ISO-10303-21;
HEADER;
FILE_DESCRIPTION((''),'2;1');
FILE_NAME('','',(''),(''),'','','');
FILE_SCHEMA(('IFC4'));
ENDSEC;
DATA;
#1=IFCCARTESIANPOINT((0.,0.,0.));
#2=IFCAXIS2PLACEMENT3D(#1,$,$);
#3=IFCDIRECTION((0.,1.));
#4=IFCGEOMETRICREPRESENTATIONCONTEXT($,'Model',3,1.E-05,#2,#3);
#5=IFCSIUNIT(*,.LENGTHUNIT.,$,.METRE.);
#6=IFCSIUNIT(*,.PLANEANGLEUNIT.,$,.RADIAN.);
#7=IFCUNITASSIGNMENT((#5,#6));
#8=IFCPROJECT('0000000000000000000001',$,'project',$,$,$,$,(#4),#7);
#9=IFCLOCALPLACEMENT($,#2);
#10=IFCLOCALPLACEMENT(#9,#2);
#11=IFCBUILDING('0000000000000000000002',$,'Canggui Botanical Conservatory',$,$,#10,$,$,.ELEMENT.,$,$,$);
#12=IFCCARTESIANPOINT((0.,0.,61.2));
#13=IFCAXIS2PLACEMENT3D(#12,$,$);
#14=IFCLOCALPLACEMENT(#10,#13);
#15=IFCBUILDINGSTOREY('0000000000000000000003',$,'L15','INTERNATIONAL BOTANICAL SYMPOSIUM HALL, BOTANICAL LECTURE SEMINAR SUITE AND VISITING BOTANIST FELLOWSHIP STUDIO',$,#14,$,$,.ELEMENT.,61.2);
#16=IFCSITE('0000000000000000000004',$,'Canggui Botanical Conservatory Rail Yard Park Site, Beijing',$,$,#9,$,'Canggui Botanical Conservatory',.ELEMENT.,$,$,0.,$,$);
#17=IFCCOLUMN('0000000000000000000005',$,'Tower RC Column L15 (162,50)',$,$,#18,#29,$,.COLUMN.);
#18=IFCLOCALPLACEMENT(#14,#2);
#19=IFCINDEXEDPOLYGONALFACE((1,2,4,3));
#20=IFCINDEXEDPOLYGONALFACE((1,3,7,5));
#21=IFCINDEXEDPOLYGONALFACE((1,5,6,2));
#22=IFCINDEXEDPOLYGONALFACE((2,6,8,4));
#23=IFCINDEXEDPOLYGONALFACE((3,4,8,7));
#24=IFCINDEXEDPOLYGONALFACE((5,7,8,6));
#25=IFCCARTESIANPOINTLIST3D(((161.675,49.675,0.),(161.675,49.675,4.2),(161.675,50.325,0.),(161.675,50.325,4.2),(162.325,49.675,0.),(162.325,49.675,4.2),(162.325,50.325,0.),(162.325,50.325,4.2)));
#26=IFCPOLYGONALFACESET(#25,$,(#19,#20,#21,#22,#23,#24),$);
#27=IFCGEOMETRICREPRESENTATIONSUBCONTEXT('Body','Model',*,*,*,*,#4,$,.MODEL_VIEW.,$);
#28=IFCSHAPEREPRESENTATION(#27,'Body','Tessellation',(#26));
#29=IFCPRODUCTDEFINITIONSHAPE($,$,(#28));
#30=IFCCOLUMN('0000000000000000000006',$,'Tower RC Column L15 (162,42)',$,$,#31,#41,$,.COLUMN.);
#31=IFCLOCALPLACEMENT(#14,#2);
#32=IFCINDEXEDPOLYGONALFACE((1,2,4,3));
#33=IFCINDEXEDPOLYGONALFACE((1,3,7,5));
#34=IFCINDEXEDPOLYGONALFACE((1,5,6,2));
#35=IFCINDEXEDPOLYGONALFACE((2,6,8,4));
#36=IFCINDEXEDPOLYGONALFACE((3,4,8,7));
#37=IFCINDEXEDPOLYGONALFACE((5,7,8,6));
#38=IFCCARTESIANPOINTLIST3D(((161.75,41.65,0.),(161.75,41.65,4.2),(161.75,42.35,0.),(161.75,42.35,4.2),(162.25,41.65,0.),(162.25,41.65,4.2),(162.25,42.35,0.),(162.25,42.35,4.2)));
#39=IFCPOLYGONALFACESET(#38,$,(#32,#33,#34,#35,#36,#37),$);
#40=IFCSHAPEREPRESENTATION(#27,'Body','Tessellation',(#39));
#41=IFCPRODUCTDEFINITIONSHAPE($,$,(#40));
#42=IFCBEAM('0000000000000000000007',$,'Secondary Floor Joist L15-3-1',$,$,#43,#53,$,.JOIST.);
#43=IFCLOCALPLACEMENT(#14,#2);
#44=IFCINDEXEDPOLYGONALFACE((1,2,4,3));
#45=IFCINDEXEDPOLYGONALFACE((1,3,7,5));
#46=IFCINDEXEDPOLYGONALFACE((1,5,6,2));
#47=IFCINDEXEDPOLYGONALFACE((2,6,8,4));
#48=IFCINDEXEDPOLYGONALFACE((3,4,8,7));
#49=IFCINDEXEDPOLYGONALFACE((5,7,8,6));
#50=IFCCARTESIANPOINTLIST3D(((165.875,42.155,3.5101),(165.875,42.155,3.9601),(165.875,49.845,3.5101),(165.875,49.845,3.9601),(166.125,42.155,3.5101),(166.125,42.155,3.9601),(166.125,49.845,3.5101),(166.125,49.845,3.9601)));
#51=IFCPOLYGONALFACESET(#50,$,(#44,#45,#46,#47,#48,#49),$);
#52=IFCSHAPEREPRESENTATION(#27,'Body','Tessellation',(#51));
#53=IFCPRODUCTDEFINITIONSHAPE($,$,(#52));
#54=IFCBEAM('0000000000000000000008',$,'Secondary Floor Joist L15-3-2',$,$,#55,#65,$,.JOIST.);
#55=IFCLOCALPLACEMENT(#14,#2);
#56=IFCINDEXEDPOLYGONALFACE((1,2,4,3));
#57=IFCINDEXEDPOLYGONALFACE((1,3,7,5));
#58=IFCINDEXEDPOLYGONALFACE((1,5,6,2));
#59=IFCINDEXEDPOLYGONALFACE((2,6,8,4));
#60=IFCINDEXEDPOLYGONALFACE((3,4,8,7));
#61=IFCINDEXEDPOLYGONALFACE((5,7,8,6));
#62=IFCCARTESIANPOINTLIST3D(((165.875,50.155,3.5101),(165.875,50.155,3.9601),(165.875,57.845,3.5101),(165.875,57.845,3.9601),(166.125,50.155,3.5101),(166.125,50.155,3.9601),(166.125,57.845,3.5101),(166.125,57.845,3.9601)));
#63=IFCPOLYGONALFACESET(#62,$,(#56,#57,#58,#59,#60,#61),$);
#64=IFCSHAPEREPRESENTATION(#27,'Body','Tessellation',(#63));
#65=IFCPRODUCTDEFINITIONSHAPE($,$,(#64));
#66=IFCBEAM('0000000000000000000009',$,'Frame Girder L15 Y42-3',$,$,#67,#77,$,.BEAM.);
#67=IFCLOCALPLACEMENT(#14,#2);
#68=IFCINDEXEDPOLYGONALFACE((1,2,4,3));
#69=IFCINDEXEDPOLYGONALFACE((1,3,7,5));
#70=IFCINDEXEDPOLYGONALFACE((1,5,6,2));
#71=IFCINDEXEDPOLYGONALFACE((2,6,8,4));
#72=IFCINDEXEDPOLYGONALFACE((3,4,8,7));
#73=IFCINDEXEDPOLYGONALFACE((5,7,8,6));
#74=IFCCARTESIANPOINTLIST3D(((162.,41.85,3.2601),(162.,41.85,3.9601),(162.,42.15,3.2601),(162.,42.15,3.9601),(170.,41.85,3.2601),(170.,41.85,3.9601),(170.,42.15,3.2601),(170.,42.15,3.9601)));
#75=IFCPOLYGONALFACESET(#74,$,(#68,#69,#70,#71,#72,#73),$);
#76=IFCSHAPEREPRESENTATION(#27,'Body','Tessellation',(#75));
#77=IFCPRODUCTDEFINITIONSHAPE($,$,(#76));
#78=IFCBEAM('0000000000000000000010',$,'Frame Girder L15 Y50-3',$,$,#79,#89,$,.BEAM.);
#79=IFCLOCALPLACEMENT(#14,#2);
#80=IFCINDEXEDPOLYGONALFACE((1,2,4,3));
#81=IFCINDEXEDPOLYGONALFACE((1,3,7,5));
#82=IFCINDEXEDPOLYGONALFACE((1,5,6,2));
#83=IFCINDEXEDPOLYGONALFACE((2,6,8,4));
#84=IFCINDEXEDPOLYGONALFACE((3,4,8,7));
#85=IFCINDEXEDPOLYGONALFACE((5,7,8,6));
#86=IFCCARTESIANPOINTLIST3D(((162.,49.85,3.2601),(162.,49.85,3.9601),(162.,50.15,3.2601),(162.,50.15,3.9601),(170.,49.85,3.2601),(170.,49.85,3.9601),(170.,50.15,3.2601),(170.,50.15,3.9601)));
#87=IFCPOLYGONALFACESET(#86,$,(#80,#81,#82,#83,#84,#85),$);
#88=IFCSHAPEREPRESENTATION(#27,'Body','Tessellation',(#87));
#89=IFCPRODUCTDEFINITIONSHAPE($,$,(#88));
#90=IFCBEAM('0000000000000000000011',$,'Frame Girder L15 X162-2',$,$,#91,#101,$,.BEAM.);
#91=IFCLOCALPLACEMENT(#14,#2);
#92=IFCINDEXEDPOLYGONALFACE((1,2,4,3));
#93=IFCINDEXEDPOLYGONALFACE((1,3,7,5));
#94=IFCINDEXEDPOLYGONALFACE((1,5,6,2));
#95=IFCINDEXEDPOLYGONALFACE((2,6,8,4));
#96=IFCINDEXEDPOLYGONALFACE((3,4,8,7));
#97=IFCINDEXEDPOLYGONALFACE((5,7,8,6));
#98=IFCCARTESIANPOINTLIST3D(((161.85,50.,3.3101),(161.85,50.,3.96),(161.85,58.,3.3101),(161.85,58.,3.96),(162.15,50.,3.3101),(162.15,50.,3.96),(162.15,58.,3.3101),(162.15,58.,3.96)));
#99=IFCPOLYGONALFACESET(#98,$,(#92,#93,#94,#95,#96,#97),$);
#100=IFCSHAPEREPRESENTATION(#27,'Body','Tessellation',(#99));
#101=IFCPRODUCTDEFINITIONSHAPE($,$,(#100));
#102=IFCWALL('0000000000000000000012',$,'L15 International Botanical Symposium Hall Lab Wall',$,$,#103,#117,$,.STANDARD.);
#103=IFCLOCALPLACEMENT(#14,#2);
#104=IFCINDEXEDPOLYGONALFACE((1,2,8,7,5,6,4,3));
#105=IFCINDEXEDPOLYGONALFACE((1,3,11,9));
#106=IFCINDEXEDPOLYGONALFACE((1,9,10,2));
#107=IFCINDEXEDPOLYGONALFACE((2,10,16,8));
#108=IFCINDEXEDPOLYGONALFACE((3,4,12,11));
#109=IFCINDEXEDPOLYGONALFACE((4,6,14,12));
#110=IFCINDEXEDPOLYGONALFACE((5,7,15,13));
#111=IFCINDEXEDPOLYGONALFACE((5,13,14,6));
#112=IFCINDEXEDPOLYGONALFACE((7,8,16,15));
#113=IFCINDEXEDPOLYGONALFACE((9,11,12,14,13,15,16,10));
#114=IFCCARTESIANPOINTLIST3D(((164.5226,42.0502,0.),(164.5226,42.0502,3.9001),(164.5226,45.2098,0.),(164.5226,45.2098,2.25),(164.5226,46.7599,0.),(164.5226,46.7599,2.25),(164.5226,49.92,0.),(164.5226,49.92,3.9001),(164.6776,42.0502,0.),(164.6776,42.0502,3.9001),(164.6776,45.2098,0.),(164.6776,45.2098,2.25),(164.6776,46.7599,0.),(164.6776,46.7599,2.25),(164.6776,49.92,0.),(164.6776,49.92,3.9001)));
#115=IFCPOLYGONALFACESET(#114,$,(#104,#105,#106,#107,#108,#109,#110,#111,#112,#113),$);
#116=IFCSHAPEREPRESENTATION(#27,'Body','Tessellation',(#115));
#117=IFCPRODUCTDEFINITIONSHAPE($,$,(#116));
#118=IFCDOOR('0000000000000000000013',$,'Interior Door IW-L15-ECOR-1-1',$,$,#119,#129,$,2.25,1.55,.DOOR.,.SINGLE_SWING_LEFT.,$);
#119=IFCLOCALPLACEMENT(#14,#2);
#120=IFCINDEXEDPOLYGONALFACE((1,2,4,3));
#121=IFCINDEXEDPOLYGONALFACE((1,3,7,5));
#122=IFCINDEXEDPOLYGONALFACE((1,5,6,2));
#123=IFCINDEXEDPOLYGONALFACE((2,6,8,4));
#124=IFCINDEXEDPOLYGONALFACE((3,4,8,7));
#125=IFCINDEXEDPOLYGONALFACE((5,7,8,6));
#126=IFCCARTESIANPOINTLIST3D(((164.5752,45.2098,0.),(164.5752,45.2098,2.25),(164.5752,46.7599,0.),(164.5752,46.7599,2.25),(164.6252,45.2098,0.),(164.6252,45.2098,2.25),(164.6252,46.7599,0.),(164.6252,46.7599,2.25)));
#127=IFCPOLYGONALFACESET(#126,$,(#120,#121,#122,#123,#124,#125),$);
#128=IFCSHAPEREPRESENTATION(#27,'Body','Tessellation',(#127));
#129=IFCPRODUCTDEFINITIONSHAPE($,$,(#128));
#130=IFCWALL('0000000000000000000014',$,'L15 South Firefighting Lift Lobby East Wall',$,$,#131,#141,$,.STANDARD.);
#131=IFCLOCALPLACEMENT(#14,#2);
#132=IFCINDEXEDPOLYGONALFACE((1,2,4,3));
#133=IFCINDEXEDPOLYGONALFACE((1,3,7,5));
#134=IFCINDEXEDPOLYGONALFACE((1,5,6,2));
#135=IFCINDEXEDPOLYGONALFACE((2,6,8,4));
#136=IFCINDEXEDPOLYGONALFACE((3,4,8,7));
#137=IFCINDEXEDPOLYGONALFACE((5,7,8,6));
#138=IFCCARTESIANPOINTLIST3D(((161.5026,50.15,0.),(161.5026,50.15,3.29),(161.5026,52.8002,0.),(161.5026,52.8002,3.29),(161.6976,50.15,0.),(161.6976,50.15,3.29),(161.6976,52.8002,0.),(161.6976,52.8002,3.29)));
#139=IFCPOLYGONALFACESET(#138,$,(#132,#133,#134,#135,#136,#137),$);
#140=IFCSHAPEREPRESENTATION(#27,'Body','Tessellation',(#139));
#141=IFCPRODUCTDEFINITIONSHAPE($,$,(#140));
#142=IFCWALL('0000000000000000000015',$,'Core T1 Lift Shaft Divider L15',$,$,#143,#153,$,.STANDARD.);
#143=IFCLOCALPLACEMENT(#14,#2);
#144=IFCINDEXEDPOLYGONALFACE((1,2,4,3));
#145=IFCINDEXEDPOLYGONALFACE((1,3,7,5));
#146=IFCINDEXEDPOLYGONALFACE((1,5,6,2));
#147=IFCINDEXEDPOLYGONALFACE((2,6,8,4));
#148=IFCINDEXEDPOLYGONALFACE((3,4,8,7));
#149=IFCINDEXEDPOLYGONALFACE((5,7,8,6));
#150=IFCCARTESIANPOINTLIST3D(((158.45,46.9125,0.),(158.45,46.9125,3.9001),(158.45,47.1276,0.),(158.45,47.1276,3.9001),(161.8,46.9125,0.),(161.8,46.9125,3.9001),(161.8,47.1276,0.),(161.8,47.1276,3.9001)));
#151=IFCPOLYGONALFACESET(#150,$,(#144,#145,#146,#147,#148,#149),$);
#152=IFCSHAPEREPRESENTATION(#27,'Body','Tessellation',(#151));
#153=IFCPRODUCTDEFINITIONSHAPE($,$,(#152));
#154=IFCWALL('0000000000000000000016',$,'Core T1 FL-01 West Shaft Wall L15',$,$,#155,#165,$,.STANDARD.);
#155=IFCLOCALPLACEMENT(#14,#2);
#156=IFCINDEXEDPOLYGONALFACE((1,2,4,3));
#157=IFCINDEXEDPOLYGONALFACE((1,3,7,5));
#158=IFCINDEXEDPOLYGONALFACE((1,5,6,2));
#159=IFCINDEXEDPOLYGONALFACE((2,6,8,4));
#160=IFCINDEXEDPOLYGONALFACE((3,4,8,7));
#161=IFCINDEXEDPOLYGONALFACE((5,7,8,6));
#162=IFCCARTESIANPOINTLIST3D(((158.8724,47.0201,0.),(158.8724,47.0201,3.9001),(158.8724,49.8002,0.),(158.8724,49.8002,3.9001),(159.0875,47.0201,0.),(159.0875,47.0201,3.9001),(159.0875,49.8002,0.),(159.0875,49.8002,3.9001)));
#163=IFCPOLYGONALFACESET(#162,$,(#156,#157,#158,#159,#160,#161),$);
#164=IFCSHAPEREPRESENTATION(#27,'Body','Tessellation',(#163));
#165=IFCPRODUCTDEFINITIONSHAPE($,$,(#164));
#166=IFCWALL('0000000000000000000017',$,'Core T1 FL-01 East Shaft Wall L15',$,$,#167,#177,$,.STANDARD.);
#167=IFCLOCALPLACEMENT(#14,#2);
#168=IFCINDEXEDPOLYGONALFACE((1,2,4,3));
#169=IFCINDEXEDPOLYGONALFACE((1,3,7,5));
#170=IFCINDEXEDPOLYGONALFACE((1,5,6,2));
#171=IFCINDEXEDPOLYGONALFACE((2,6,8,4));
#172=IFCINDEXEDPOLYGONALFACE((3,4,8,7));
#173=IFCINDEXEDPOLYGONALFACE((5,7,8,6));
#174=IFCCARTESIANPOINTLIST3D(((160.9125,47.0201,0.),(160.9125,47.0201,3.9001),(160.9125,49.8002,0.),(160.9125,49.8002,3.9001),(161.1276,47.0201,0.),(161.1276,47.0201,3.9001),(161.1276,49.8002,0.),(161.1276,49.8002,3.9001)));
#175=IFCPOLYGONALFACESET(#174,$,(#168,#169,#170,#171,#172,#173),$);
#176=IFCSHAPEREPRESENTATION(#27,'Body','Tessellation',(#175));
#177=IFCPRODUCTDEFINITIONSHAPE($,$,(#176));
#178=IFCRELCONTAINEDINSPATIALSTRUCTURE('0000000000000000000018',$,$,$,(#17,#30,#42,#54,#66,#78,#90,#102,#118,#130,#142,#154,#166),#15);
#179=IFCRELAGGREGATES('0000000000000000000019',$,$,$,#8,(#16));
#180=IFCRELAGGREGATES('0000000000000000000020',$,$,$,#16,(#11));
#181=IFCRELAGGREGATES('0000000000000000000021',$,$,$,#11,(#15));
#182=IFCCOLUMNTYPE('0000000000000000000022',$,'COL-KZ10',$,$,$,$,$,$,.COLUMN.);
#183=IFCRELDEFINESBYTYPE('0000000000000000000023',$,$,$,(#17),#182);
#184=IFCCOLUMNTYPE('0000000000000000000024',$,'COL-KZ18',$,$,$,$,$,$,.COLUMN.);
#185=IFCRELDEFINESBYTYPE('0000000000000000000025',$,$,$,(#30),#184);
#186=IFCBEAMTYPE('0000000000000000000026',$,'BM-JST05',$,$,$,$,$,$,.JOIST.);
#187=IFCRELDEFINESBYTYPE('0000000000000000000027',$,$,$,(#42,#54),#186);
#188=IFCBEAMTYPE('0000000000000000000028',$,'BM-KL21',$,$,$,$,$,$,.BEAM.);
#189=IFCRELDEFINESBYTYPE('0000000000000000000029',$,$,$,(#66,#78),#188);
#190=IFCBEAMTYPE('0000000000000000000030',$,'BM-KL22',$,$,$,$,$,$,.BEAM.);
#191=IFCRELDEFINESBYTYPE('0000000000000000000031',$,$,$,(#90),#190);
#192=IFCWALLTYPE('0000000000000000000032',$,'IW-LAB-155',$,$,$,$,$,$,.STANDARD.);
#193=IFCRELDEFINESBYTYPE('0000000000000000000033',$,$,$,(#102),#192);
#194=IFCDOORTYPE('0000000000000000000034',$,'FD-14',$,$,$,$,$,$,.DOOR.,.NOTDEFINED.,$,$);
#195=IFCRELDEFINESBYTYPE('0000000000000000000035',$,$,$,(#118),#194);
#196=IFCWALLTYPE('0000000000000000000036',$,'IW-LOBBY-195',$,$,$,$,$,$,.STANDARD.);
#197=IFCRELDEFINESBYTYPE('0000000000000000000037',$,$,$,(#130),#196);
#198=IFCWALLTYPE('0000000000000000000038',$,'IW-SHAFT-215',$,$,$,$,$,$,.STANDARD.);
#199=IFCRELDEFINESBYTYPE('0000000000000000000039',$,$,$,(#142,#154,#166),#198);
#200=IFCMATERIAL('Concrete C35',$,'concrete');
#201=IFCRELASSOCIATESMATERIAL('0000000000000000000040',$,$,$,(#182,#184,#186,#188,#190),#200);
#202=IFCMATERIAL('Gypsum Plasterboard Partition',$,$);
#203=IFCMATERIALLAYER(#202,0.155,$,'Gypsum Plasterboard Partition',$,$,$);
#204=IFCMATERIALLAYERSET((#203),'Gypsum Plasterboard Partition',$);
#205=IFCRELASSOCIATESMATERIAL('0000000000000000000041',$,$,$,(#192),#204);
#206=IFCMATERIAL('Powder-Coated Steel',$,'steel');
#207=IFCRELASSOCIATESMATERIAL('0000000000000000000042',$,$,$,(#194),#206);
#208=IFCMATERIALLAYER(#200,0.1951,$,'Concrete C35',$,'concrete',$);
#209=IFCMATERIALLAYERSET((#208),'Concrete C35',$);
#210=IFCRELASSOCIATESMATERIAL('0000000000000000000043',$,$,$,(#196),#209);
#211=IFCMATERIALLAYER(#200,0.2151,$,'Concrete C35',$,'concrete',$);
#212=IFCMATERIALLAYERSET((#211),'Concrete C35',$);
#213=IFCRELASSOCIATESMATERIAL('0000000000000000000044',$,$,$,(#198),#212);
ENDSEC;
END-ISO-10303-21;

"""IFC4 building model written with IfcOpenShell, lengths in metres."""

from ifc_helpers import new_model, si_unit, direction, frame, frame_2d, origin, origin_2d, place, context, subcontext, project, spatial, rectangle, extrude, material, layer, layer_set, material_profile, profile_set, type_object, element, fill, save


model = new_model("IFC4")

# Units and contexts
model_context = context("Model", 3, precision=1e-05, world=origin(), true_north=direction((0.0, 1.0)))
body_context = subcontext(model_context, "Body", "Model", "MODEL_VIEW")
ifc_project = project(units=[si_unit("LENGTHUNIT", "METRE"), si_unit("PLANEANGLEUNIT", "RADIAN")], contexts=[model_context])

# Site, building, storey
site_placement = place(None, origin())
site = spatial("IfcSite", under=ifc_project, at=site_placement, Name="Canggui Botanical Conservatory Rail Yard Park Site, Beijing", LongName="Canggui Botanical Conservatory", CompositionType="ELEMENT", RefElevation=0.0)
building_placement = place(site_placement, origin())
building = spatial("IfcBuilding", under=site, at=building_placement, Name="Canggui Botanical Conservatory", CompositionType="ELEMENT")
storey_placement = place(building_placement, frame((0.0, 0.0, 61.2)))
storey = spatial("IfcBuildingStorey", under=building, at=storey_placement, Name="L15", Description="INTERNATIONAL BOTANICAL SYMPOSIUM HALL, BOTANICAL LECTURE SEMINAR SUITE AND VISITING BOTANIST FELLOWSHIP STUDIO", CompositionType="ELEMENT", Elevation=61.2)

# Columns
ifc_material_1 = material(Name="Concrete C35", Category="concrete")
ifc_material_profile_1 = material_profile(ifc_material_1, rectangle(XDim=0.6499, YDim=0.6499, at=origin_2d()), Name="RC 650x650")
ifc_profile_set_1 = profile_set([ifc_material_profile_1], Name="Concrete C35")
column_type_1 = type_object("IfcColumnType", Name="COL-KZ10", PredefinedType="COLUMN", material=ifc_profile_set_1)
column_1_placement = place(storey_placement, frame((162.0, 50.0, 0.0), z_axis=(0.0, 0.0, 1.0), x_axis=(1.0, 0.0, 0.0)))
element("IfcColumn", 1, at=column_1_placement, inside=storey, type_object=column_type_1, Name="Tower RC Column L15 (162,50)", PredefinedType="COLUMN", context=body_context, shape_type="SweptSolid", body=[
    extrude(rectangle(XDim=0.6499, YDim=0.6499, at=origin_2d()), origin(), (0.0, 0.0, 1.0), 4.2),
])
ifc_material_profile_2 = material_profile(ifc_material_1, rectangle(XDim=0.5, YDim=0.7, at=origin_2d()), Name="RC 500x700")
ifc_profile_set_2 = profile_set([ifc_material_profile_2], Name="Concrete C35")
column_type_2 = type_object("IfcColumnType", Name="COL-KZ18", PredefinedType="COLUMN", material=ifc_profile_set_2)
column_2_placement = place(storey_placement, frame((162.0, 42.0, 0.0), z_axis=(0.0, 0.0, 1.0), x_axis=(1.0, 0.0, 0.0)))
element("IfcColumn", 2, at=column_2_placement, inside=storey, type_object=column_type_2, Name="Tower RC Column L15 (162,42)", PredefinedType="COLUMN", context=body_context, shape_type="SweptSolid", body=[
    extrude(rectangle(XDim=0.5, YDim=0.7, at=origin_2d()), origin(), (0.0, 0.0, 1.0), 4.2),
])

# Beams
ifc_material_profile_3 = material_profile(ifc_material_1, rectangle(XDim=0.25, YDim=0.45, at=origin_2d()), Name="RB 250x450")
ifc_profile_set_3 = profile_set([ifc_material_profile_3], Name="Concrete C35")
beam_type_1 = type_object("IfcBeamType", Name="BM-JST05", PredefinedType="JOIST", material=ifc_profile_set_3)
for number, where, z_axis, x_axis, name in (
    (3, (166.0, 42.155, 3.7351), (0.0, 1.0, 0.0), (-1.0, 0.0, 0.0), "Secondary Floor Joist L15-3-1"),
    (4, (166.0, 50.155, 3.7351), (0.0, 1.0, 0.0), (-1.0, 0.0, 0.0), "Secondary Floor Joist L15-3-2"),
):
    element("IfcBeam", number, at=place(storey_placement, frame(where, z_axis=z_axis, x_axis=x_axis)), inside=storey, type_object=beam_type_1, Name=name, PredefinedType="JOIST", context=body_context, shape_type="SweptSolid", body=[
        extrude(rectangle(XDim=0.25, YDim=0.45, at=origin_2d()), origin(), (0.0, 0.0, 1.0), 7.6899),
    ])
ifc_material_profile_4 = material_profile(ifc_material_1, rectangle(XDim=0.3, YDim=0.7, at=origin_2d()), Name="RB 300x700")
ifc_profile_set_4 = profile_set([ifc_material_profile_4], Name="Concrete C35")
beam_type_2 = type_object("IfcBeamType", Name="BM-KL21", PredefinedType="BEAM", material=ifc_profile_set_4)
for number, where, z_axis, x_axis, name in (
    (5, (162.0, 42.0, 3.6101), (1.0, 0.0, 0.0), (0.0, 1.0, 0.0), "Frame Girder L15 Y42-3"),
    (6, (162.0, 50.0, 3.6101), (1.0, 0.0, 0.0), (0.0, 1.0, 0.0), "Frame Girder L15 Y50-3"),
):
    element("IfcBeam", number, at=place(storey_placement, frame(where, z_axis=z_axis, x_axis=x_axis)), inside=storey, type_object=beam_type_2, Name=name, PredefinedType="BEAM", context=body_context, shape_type="SweptSolid", body=[
        extrude(rectangle(XDim=0.3, YDim=0.7, at=origin_2d()), origin(), (0.0, 0.0, 1.0), 8.0),
    ])
ifc_material_profile_5 = material_profile(ifc_material_1, rectangle(XDim=0.3, YDim=0.6499, at=origin_2d()), Name="RB 300x650")
ifc_profile_set_5 = profile_set([ifc_material_profile_5], Name="Concrete C35")
beam_type_3 = type_object("IfcBeamType", Name="BM-KL22", PredefinedType="BEAM", material=ifc_profile_set_5)
beam_placement = place(storey_placement, frame((162.0, 50.0, 3.635), z_axis=(0.0, 1.0, 0.0), x_axis=(-1.0, 0.0, 0.0)))
element("IfcBeam", 7, at=beam_placement, inside=storey, type_object=beam_type_3, Name="Frame Girder L15 X162-2", PredefinedType="BEAM", context=body_context, shape_type="SweptSolid", body=[
    extrude(rectangle(XDim=0.3, YDim=0.6499, at=origin_2d()), origin(), (0.0, 0.0, 1.0), 8.0),
])

# Wall, opening, door
ifc_material_2 = material(Name="Gypsum Plasterboard Partition")
ifc_layer_1 = layer(ifc_material_2, 0.155, Name="Gypsum Plasterboard Partition")
ifc_layer_set_1 = layer_set([ifc_layer_1], Name="Gypsum Plasterboard Partition")
wall_type_1 = type_object("IfcWallType", Name="IW-LAB-155", PredefinedType="STANDARD", material=ifc_layer_set_1)
wall_1_placement = place(storey_placement, frame((164.6001, 42.05, 0.0), z_axis=(0.0, 0.0, 1.0), x_axis=(0.0, 1.0, 0.0)))
wall_1 = element("IfcWall", 8, at=wall_1_placement, inside=storey, type_object=wall_type_1, Name="L15 International Botanical Symposium Hall Lab Wall", PredefinedType="STANDARD", context=body_context, shape_type="SweptSolid", body=[
    extrude(rectangle(XDim=7.8699, YDim=0.155, at=frame_2d((3.9351, 0.0))), origin(), (0.0, 0.0, 1.0), 3.9001),
])
opening_1_placement = place(wall_1_placement, frame((3.1599, 0.0, 0.0)))
opening_1 = element("IfcOpeningElement", 9, at=opening_1_placement, cuts=wall_1, PredefinedType="OPENING", context=body_context, shape_type="SweptSolid", body=[
    extrude(rectangle(XDim=1.55, YDim=2.25, at=frame_2d((0.7749, 1.125))), frame((0.0, 0.0874, 0.0), z_axis=(0.0, -1.0, 0.0), x_axis=(1.0, 0.0, 0.0)), (0.0, 0.0, 1.0), 0.175),
])
ifc_material_3 = material(Name="Powder-Coated Steel", Category="steel")
door_type_1 = type_object("IfcDoorType", Name="FD-14", OperationType="NOTDEFINED", PredefinedType="DOOR", material=ifc_material_3)
door_1_placement = place(opening_1_placement, origin())
door_1 = element("IfcDoor", 10, at=door_1_placement, inside=storey, type_object=door_type_1, Name="Interior Door IW-L15-ECOR-1-1", OperationType="SINGLE_SWING_LEFT", OverallHeight=2.25, OverallWidth=1.55, PredefinedType="DOOR", context=body_context, shape_type="SweptSolid", body=[
    extrude(rectangle(XDim=1.55, YDim=2.25, at=frame_2d((0.7749, 1.125))), frame((0.0, 0.0249, 0.0), z_axis=(0.0, -1.0, 0.0), x_axis=(1.0, 0.0, 0.0)), (0.0, 0.0, 1.0), 0.05),
])
fill(opening_1, door_1)

# Walls
ifc_layer_2 = layer(ifc_material_1, 0.1951, Name="Concrete C35", Category="concrete")
ifc_layer_set_2 = layer_set([ifc_layer_2], Name="Concrete C35")
wall_type_2 = type_object("IfcWallType", Name="IW-LOBBY-195", PredefinedType="STANDARD", material=ifc_layer_set_2)
wall_2_placement = place(storey_placement, frame((161.6001, 50.1499, 0.0), z_axis=(0.0, 0.0, 1.0), x_axis=(0.0, 1.0, 0.0)))
element("IfcWall", 11, at=wall_2_placement, inside=storey, type_object=wall_type_2, Name="L15 South Firefighting Lift Lobby East Wall", PredefinedType="STANDARD", context=body_context, shape_type="SweptSolid", body=[
    extrude(rectangle(XDim=2.6501, YDim=0.1951, at=frame_2d((1.3252, 0.0))), origin(), (0.0, 0.0, 1.0), 3.29),
])
ifc_layer_3 = layer(ifc_material_1, 0.2151, Name="Concrete C35", Category="concrete")
ifc_layer_set_3 = layer_set([ifc_layer_3], Name="Concrete C35")
wall_type_3 = type_object("IfcWallType", Name="IW-SHAFT-215", PredefinedType="STANDARD", material=ifc_layer_set_3)
wall_3_placement = place(storey_placement, frame((158.45, 47.02, 0.0), z_axis=(0.0, 0.0, 1.0), x_axis=(1.0, 0.0, 0.0)))
element("IfcWall", 12, at=wall_3_placement, inside=storey, type_object=wall_type_3, Name="Core T1 Lift Shaft Divider L15", PredefinedType="STANDARD", context=body_context, shape_type="SweptSolid", body=[
    extrude(rectangle(XDim=3.3501, YDim=0.2151, at=frame_2d((1.675, 0.0))), origin(), (0.0, 0.0, 1.0), 3.9001),
])
for number, where, z_axis, x_axis, name in (
    (13, (158.98, 47.02, 0.0), (0.0, 0.0, 1.0), (0.0, 1.0, 0.0), "Core T1 FL-01 West Shaft Wall L15"),
    (14, (161.02, 47.02, 0.0), (0.0, 0.0, 1.0), (0.0, 1.0, 0.0), "Core T1 FL-01 East Shaft Wall L15"),
):
    element("IfcWall", number, at=place(storey_placement, frame(where, z_axis=z_axis, x_axis=x_axis)), inside=storey, type_object=wall_type_3, Name=name, PredefinedType="STANDARD", context=body_context, shape_type="SweptSolid", body=[
        extrude(rectangle(XDim=2.78, YDim=0.2151, at=frame_2d((1.3901, 0.0))), origin(), (0.0, 0.0, 1.0), 3.9001),
    ])

save(model, "model.ifc")
